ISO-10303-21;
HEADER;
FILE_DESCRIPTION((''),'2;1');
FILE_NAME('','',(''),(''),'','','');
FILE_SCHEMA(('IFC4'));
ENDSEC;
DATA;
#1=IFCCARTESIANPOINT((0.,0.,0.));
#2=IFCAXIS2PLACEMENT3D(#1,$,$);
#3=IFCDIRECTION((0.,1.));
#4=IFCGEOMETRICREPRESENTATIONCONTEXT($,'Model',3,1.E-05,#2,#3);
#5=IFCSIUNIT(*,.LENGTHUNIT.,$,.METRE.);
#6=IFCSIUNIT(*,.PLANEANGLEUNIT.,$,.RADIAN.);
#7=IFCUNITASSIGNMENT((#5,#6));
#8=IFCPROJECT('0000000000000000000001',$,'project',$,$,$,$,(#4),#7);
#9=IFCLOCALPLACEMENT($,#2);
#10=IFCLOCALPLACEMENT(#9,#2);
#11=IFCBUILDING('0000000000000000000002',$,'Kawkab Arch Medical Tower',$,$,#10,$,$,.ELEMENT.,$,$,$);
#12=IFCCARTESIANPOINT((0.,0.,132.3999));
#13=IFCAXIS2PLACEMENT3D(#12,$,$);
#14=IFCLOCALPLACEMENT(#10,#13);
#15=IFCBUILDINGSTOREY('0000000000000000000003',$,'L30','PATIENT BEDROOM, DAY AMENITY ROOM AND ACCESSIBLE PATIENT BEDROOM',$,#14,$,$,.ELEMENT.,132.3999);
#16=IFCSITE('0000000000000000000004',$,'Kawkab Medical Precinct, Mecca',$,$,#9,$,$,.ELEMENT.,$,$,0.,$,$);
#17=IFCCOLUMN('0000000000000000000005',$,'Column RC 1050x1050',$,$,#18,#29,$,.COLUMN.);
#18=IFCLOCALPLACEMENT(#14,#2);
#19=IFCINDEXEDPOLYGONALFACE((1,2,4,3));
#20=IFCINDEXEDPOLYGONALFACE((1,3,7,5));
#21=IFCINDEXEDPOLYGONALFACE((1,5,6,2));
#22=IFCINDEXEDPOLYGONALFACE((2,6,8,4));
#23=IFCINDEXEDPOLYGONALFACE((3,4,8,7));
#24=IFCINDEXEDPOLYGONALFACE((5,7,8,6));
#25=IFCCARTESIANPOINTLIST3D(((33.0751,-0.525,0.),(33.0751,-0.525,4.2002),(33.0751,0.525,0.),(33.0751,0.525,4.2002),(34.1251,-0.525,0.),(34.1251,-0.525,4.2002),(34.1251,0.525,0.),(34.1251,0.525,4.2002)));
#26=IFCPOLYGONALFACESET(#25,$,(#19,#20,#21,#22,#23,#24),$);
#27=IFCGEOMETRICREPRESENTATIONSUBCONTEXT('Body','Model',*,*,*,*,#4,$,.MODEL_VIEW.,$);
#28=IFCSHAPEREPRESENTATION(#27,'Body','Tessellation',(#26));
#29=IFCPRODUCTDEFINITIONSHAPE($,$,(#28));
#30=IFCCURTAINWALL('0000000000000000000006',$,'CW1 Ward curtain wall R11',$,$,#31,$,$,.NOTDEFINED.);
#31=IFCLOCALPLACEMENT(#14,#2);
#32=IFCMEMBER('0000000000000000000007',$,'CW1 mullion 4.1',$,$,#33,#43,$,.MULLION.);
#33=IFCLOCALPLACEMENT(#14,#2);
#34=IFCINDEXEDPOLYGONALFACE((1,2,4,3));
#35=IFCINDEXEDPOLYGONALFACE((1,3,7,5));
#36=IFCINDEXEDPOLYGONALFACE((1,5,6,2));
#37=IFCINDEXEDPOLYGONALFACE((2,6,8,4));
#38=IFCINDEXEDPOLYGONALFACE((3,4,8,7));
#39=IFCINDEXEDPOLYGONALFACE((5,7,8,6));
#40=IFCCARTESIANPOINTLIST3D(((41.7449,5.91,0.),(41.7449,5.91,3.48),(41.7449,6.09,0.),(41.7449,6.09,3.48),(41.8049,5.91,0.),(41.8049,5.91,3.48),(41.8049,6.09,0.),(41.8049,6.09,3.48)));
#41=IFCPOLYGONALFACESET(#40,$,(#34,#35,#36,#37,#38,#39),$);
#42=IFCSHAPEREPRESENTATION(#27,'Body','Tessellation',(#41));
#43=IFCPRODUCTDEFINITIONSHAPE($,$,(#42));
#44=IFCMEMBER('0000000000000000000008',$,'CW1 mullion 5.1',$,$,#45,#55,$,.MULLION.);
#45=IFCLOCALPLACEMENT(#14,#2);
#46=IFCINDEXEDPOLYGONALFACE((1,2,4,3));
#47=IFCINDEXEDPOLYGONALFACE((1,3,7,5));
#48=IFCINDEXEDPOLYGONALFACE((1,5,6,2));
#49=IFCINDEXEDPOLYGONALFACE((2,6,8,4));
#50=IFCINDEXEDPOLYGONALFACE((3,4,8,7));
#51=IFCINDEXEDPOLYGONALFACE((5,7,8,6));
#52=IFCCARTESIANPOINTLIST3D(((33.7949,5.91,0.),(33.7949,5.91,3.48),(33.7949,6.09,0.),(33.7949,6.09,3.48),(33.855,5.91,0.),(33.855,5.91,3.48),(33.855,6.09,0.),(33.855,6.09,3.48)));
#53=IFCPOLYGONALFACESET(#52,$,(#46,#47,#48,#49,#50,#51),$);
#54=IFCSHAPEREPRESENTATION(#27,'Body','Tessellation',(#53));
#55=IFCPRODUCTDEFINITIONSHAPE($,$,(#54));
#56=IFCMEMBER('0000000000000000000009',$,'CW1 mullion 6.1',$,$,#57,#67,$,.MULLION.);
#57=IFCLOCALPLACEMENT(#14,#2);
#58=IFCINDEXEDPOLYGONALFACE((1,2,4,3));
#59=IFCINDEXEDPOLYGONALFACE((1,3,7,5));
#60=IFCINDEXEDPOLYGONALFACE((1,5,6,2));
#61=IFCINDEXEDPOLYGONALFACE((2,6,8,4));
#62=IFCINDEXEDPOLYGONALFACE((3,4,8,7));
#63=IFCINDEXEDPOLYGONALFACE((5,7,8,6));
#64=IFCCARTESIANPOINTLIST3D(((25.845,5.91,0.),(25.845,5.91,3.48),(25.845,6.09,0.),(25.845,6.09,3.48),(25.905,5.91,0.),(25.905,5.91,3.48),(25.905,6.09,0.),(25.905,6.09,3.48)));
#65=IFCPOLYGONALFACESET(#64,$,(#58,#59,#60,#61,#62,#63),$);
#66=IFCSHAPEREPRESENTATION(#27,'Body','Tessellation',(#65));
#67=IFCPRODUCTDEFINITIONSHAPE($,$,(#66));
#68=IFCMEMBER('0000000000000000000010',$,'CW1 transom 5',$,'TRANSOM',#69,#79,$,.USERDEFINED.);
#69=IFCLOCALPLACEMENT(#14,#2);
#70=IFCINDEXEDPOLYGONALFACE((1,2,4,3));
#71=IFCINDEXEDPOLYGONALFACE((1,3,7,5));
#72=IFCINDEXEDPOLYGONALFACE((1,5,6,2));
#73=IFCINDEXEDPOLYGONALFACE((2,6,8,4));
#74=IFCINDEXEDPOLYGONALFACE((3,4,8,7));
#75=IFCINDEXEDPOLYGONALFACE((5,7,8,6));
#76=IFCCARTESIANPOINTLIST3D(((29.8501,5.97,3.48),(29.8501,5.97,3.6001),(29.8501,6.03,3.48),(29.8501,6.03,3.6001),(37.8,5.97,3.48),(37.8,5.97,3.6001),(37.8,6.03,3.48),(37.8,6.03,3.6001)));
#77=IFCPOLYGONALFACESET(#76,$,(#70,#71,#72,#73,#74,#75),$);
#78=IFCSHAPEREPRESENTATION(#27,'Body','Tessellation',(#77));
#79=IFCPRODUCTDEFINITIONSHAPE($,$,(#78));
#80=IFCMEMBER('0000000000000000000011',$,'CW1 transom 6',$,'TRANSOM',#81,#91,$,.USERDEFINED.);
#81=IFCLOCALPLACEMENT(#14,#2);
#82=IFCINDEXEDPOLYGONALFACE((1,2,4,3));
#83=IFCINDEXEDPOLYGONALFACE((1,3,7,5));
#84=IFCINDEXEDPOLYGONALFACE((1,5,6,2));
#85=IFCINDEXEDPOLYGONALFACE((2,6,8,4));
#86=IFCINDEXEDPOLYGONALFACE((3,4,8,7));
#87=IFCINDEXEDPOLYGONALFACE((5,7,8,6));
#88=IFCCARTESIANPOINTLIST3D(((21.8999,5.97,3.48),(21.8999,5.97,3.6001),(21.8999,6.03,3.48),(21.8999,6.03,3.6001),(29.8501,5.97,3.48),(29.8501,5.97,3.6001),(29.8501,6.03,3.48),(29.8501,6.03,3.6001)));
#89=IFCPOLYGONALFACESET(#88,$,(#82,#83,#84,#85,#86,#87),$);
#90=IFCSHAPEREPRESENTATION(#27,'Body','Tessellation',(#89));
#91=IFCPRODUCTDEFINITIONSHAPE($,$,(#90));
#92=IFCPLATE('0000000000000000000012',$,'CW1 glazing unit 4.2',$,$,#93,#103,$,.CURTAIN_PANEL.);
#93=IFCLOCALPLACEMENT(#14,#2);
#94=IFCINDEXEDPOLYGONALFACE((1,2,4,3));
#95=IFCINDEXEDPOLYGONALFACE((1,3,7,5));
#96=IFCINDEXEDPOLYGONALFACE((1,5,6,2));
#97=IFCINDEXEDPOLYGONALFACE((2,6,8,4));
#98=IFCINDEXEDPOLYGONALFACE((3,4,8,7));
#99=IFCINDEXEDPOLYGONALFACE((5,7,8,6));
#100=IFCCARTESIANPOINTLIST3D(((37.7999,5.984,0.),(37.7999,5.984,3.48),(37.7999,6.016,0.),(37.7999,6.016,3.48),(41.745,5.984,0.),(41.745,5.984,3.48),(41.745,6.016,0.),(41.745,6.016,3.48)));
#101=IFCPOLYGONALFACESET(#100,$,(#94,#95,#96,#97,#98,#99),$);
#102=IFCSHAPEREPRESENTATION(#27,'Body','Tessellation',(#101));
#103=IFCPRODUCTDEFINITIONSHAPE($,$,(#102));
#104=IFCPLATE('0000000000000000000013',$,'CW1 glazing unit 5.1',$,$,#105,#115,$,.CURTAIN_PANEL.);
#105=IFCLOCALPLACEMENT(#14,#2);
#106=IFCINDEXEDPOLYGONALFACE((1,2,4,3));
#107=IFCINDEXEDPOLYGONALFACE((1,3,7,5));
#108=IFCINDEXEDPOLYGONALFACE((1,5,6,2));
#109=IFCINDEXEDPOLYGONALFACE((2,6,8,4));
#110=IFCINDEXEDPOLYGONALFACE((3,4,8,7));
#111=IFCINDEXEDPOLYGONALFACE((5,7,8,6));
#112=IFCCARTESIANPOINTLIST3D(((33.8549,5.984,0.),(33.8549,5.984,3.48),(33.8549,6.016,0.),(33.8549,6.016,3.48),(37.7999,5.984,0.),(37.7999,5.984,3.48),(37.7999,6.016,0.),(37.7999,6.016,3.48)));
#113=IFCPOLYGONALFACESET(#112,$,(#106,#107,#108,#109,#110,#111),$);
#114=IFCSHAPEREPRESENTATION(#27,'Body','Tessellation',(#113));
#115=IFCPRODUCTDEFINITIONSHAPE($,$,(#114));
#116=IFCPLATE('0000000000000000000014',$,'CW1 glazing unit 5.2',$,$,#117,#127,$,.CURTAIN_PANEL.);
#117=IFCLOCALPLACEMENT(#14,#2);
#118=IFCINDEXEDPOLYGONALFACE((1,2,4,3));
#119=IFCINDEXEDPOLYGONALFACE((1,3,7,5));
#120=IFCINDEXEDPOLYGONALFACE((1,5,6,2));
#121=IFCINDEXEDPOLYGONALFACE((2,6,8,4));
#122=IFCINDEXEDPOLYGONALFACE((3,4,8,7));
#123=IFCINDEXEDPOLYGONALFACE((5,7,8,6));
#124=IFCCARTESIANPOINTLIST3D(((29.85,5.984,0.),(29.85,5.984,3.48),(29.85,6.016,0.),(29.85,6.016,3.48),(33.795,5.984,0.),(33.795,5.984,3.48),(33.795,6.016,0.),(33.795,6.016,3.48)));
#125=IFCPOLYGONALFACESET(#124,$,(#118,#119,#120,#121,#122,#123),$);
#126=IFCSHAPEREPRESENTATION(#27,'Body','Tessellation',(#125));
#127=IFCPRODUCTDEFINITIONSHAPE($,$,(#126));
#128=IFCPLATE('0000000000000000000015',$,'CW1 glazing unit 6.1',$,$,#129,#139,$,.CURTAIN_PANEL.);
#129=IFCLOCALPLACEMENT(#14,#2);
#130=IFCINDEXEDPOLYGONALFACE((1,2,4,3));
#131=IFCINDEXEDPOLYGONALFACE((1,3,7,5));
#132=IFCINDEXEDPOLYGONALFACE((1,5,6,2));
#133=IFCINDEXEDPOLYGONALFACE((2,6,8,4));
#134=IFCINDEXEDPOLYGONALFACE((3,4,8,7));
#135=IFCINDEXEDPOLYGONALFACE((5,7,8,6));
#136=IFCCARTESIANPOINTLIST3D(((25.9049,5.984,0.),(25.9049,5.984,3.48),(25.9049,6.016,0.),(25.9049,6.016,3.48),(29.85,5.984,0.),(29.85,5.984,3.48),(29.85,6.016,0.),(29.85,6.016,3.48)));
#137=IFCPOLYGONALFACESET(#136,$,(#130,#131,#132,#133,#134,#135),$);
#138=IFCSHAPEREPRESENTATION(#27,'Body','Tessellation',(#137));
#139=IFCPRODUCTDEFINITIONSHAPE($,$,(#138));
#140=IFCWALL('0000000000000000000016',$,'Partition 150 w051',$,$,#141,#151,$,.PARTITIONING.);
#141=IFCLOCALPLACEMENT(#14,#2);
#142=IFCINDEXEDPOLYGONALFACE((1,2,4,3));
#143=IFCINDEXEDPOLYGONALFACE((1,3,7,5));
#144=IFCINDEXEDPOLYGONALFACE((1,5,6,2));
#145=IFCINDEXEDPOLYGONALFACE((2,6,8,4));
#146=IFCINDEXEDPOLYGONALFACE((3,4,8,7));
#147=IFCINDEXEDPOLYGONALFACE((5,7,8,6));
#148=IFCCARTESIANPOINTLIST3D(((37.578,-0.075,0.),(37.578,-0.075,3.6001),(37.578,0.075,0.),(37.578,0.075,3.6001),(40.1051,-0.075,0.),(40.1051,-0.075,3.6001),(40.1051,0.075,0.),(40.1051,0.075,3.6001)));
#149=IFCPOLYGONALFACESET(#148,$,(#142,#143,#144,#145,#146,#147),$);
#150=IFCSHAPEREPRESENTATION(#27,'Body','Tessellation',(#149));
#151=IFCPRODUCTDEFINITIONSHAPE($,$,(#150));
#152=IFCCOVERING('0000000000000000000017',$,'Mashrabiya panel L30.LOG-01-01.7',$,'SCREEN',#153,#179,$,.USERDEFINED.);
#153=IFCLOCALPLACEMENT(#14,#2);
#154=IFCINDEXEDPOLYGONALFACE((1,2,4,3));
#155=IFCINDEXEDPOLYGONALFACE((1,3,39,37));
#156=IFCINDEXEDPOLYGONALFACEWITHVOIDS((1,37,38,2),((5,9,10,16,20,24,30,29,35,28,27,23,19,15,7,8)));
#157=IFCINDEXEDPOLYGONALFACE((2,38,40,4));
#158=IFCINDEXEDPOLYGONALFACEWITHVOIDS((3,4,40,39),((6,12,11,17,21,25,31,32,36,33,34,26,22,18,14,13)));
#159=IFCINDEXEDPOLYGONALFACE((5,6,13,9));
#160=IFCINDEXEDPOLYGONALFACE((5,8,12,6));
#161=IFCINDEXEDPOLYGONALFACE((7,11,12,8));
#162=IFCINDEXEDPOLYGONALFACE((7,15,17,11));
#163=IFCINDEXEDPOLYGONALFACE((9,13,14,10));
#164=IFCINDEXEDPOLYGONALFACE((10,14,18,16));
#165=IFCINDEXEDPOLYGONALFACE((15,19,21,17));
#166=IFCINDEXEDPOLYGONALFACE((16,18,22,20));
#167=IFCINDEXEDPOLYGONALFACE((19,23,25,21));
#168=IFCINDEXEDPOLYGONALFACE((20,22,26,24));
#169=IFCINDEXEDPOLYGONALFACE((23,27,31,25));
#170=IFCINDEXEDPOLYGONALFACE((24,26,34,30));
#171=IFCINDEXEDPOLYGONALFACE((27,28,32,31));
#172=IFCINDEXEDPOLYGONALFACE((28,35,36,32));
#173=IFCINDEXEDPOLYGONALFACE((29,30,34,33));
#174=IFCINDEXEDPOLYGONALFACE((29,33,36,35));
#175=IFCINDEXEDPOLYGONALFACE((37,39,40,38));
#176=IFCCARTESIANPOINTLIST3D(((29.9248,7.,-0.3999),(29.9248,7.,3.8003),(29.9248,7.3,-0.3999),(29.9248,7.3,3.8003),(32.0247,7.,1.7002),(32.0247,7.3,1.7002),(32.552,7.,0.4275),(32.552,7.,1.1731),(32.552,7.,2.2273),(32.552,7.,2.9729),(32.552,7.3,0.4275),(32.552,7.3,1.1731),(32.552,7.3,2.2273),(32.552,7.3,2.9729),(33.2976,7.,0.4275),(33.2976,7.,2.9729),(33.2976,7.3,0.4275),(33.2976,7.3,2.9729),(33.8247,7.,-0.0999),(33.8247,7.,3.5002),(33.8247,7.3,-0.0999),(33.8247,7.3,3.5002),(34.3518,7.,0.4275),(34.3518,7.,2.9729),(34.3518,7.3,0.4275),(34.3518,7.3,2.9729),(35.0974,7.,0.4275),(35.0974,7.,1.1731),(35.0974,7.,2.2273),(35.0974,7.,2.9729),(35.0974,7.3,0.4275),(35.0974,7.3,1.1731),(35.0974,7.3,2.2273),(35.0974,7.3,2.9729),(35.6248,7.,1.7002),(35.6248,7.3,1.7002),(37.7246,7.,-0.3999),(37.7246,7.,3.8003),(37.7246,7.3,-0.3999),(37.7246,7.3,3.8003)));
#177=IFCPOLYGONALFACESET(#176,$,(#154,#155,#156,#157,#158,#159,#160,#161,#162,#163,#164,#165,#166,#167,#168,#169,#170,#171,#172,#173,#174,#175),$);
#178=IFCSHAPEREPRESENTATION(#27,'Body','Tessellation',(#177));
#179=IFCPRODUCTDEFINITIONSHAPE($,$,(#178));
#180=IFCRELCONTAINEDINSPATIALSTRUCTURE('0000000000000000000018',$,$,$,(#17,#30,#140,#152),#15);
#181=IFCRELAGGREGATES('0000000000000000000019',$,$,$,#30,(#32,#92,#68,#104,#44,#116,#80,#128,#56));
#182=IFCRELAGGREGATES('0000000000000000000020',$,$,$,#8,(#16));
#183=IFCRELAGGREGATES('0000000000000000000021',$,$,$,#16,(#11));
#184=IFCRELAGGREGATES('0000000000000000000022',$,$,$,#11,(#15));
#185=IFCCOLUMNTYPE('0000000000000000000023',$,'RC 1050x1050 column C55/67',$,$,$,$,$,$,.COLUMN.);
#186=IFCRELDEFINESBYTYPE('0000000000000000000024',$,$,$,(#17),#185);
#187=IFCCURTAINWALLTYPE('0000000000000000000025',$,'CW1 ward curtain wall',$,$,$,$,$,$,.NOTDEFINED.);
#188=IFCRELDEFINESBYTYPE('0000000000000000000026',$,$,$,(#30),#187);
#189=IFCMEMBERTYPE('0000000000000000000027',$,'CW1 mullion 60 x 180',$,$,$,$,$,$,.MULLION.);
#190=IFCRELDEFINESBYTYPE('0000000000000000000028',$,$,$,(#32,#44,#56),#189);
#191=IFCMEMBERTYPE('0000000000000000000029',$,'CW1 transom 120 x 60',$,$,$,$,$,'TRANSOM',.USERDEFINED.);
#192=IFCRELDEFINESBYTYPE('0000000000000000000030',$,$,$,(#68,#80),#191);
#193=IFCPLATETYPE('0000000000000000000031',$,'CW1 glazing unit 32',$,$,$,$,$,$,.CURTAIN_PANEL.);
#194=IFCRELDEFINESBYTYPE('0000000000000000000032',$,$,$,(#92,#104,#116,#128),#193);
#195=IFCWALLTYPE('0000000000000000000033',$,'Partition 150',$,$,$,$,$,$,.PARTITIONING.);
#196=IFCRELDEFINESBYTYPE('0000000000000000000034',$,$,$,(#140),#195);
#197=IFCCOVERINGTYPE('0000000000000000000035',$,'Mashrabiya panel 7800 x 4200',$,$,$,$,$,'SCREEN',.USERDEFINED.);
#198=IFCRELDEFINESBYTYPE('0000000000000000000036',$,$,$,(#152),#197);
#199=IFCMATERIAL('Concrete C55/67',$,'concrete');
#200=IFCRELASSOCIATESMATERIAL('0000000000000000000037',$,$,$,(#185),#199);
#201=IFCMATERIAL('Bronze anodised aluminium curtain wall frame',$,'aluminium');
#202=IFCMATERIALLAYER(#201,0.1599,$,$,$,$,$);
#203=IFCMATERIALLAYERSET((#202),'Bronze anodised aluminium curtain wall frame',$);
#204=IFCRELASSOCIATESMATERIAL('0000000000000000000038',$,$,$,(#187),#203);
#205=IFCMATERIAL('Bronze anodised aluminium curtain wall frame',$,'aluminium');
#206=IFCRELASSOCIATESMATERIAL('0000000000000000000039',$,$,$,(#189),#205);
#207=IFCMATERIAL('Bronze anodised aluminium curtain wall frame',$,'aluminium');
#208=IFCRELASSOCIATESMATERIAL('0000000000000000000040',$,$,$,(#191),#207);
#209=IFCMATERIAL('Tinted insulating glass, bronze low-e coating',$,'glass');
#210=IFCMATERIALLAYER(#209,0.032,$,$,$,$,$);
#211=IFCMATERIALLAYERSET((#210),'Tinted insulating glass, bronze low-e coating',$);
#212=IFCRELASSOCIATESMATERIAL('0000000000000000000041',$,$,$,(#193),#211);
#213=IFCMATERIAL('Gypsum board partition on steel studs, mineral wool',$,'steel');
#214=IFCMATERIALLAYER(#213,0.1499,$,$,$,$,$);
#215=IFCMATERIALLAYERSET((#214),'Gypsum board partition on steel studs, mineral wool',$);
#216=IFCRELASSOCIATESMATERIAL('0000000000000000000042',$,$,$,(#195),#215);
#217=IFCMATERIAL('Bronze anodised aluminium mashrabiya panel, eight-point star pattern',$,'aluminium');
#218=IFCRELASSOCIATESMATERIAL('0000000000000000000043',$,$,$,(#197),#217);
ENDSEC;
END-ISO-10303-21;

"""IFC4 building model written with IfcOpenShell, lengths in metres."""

from ifc_helpers import new_model, si_unit, direction, frame, frame_2d, origin, origin_2d, place, context, subcontext, project, spatial, polyline, rectangle, outline, extrude, material, layer, layer_set, material_profile, profile_set, type_object, element, aggregate, save


model = new_model("IFC4")

# Units and contexts
model_context = context("Model", 3, precision=1e-05, world=origin(), true_north=direction((0.0, 1.0)))
body_context = subcontext(model_context, "Body", "Model", "MODEL_VIEW")
ifc_project = project(units=[si_unit("LENGTHUNIT", "METRE"), si_unit("PLANEANGLEUNIT", "RADIAN")], contexts=[model_context])

# Site, building, storey
site_placement = place(None, origin())
site = spatial("IfcSite", under=ifc_project, at=site_placement, Name="Kawkab Medical Precinct, Mecca", CompositionType="ELEMENT", RefElevation=0.0)
building_placement = place(site_placement, origin())
building = spatial("IfcBuilding", under=site, at=building_placement, Name="Kawkab Arch Medical Tower", CompositionType="ELEMENT")
storey_placement = place(building_placement, frame((0.0, 0.0, 132.3999)))
storey = spatial("IfcBuildingStorey", under=building, at=storey_placement, Name="L30", Description="PATIENT BEDROOM, DAY AMENITY ROOM AND ACCESSIBLE PATIENT BEDROOM", CompositionType="ELEMENT", Elevation=132.3999)

# Column
ifc_material_1 = material(Name="Concrete C55/67", Category="concrete")
ifc_material_profile_1 = material_profile(ifc_material_1, rectangle(XDim=1.05, YDim=1.05, at=origin_2d()), Name="RC 1050x1050")
ifc_profile_set_1 = profile_set([ifc_material_profile_1], Name="Concrete C55/67")
column_type = type_object("IfcColumnType", Name="RC 1050x1050 column C55/67", PredefinedType="COLUMN", material=ifc_profile_set_1)
column_placement = place(storey_placement, frame((33.6001, 0.0, 0.0), z_axis=(0.0, 0.0, 1.0), x_axis=(1.0, 0.0, 0.0)))
element("IfcColumn", 1, at=column_placement, inside=storey, type_object=column_type, Name="Column RC 1050x1050", PredefinedType="COLUMN", context=body_context, shape_type="SweptSolid", body=[
    extrude(rectangle(XDim=1.05, YDim=1.05, at=origin_2d()), origin(), (0.0, 0.0, 1.0), 4.2002),
])

# Curtain wall, members, plates
ifc_material_2 = material(Name="Bronze anodised aluminium curtain wall frame", Category="aluminium")
ifc_layer_1 = layer(ifc_material_2, 0.1599)
ifc_layer_set_1 = layer_set([ifc_layer_1], Name="Bronze anodised aluminium curtain wall frame")
curtain_wall_type = type_object("IfcCurtainWallType", Name="CW1 ward curtain wall", PredefinedType="NOTDEFINED", material=ifc_layer_set_1)
curtain_wall_placement = place(storey_placement, origin())
curtain_wall = element("IfcCurtainWall", 2, at=curtain_wall_placement, inside=storey, type_object=curtain_wall_type, Name="CW1 Ward curtain wall R11", PredefinedType="NOTDEFINED")
ifc_material_3 = material(Name="Bronze anodised aluminium curtain wall frame", Category="aluminium")
ifc_material_profile_2 = material_profile(ifc_material_3, rectangle(XDim=0.1799, YDim=0.0601, at=origin_2d()), Name="AL 60x180")
ifc_profile_set_2 = profile_set([ifc_material_profile_2], Name="Bronze anodised aluminium curtain wall frame")
member_type_1 = type_object("IfcMemberType", Name="CW1 mullion 60 x 180", PredefinedType="MULLION", material=ifc_profile_set_2)
member_1_placement = place(storey_placement, frame((41.7749, 6.0, 0.0), z_axis=(0.0, 0.0, 1.0), x_axis=(0.0, -1.0, 0.0)))
member_1 = element("IfcMember", 3, at=member_1_placement, type_object=member_type_1, Name="CW1 mullion 4.1", PredefinedType="MULLION", context=body_context, shape_type="SweptSolid", body=[
    extrude(rectangle(XDim=0.1799, YDim=0.0601, at=origin_2d()), origin(), (0.0, 0.0, 1.0), 3.48),
])
member_2_placement = place(storey_placement, frame((33.825, 6.0, 0.0), z_axis=(0.0, 0.0, 1.0), x_axis=(0.0, -1.0, 0.0)))
member_2 = element("IfcMember", 4, at=member_2_placement, type_object=member_type_1, Name="CW1 mullion 5.1", PredefinedType="MULLION", context=body_context, shape_type="SweptSolid", body=[
    extrude(rectangle(XDim=0.1799, YDim=0.0601, at=origin_2d()), origin(), (0.0, 0.0, 1.0), 3.48),
])
member_3_placement = place(storey_placement, frame((25.875, 6.0, 0.0), z_axis=(0.0, 0.0, 1.0), x_axis=(0.0, -1.0, 0.0)))
member_3 = element("IfcMember", 5, at=member_3_placement, type_object=member_type_1, Name="CW1 mullion 6.1", PredefinedType="MULLION", context=body_context, shape_type="SweptSolid", body=[
    extrude(rectangle(XDim=0.1799, YDim=0.0601, at=origin_2d()), origin(), (0.0, 0.0, 1.0), 3.48),
])
ifc_material_4 = material(Name="Bronze anodised aluminium curtain wall frame", Category="aluminium")
ifc_material_profile_3 = material_profile(ifc_material_4, rectangle(XDim=0.0601, YDim=0.1201, at=origin_2d()), Name="AL 60x120")
ifc_profile_set_3 = profile_set([ifc_material_profile_3], Name="Bronze anodised aluminium curtain wall frame")
member_type_2 = type_object("IfcMemberType", Name="CW1 transom 120 x 60", ElementType="TRANSOM", PredefinedType="USERDEFINED", material=ifc_profile_set_3)
member_4_placement = place(storey_placement, frame((37.8, 6.0, 3.54), z_axis=(-1.0, 0.0, 0.0), x_axis=(0.0, -1.0, 0.0)))
member_4 = element("IfcMember", 6, at=member_4_placement, type_object=member_type_2, Name="CW1 transom 5", ObjectType="TRANSOM", PredefinedType="USERDEFINED", context=body_context, shape_type="SweptSolid", body=[
    extrude(rectangle(XDim=0.0601, YDim=0.1201, at=origin_2d()), origin(), (0.0, 0.0, 1.0), 7.95),
])
member_5_placement = place(storey_placement, frame((29.8501, 6.0, 3.54), z_axis=(-1.0, 0.0, 0.0), x_axis=(0.0, -1.0, 0.0)))
member_5 = element("IfcMember", 7, at=member_5_placement, type_object=member_type_2, Name="CW1 transom 6", ObjectType="TRANSOM", PredefinedType="USERDEFINED", context=body_context, shape_type="SweptSolid", body=[
    extrude(rectangle(XDim=0.0601, YDim=0.1201, at=origin_2d()), origin(), (0.0, 0.0, 1.0), 7.9502),
])
ifc_material_5 = material(Name="Tinted insulating glass, bronze low-e coating", Category="glass")
ifc_layer_2 = layer(ifc_material_5, 0.032)
ifc_layer_set_2 = layer_set([ifc_layer_2], Name="Tinted insulating glass, bronze low-e coating")
plate_type = type_object("IfcPlateType", Name="CW1 glazing unit 32", PredefinedType="CURTAIN_PANEL", material=ifc_layer_set_2)
plate_1_placement = place(storey_placement, frame((39.7725, 6.0, 0.0), z_axis=(0.0, 0.0, 1.0), x_axis=(-1.0, 0.0, 0.0)))
plate_1 = element("IfcPlate", 8, at=plate_1_placement, type_object=plate_type, Name="CW1 glazing unit 4.2", PredefinedType="CURTAIN_PANEL", context=body_context, shape_type="SweptSolid", body=[
    extrude(rectangle(XDim=3.9451, YDim=0.032, at=origin_2d()), origin(), (0.0, 0.0, 1.0), 3.48),
])
plate_2_placement = place(storey_placement, frame((35.8274, 6.0, 0.0), z_axis=(0.0, 0.0, 1.0), x_axis=(-1.0, 0.0, 0.0)))
plate_2 = element("IfcPlate", 9, at=plate_2_placement, type_object=plate_type, Name="CW1 glazing unit 5.1", PredefinedType="CURTAIN_PANEL", context=body_context, shape_type="SweptSolid", body=[
    extrude(rectangle(XDim=3.9451, YDim=0.032, at=origin_2d()), origin(), (0.0, 0.0, 1.0), 3.48),
])
plate_3_placement = place(storey_placement, frame((31.8225, 6.0, 0.0), z_axis=(0.0, 0.0, 1.0), x_axis=(-1.0, 0.0, 0.0)))
plate_3 = element("IfcPlate", 10, at=plate_3_placement, type_object=plate_type, Name="CW1 glazing unit 5.2", PredefinedType="CURTAIN_PANEL", context=body_context, shape_type="SweptSolid", body=[
    extrude(rectangle(XDim=3.9451, YDim=0.032, at=origin_2d()), origin(), (0.0, 0.0, 1.0), 3.48),
])
plate_4_placement = place(storey_placement, frame((27.8774, 6.0, 0.0), z_axis=(0.0, 0.0, 1.0), x_axis=(-1.0, 0.0, 0.0)))
plate_4 = element("IfcPlate", 11, at=plate_4_placement, type_object=plate_type, Name="CW1 glazing unit 6.1", PredefinedType="CURTAIN_PANEL", context=body_context, shape_type="SweptSolid", body=[
    extrude(rectangle(XDim=3.9451, YDim=0.032, at=origin_2d()), origin(), (0.0, 0.0, 1.0), 3.48),
])
aggregate(curtain_wall, [member_1, plate_1, member_4, plate_2, member_2, plate_3, member_5, plate_4, member_3])

# Wall
ifc_material_6 = material(Name="Gypsum board partition on steel studs, mineral wool", Category="steel")
ifc_layer_3 = layer(ifc_material_6, 0.1499)
ifc_layer_set_3 = layer_set([ifc_layer_3], Name="Gypsum board partition on steel studs, mineral wool")
wall_type = type_object("IfcWallType", Name="Partition 150", PredefinedType="PARTITIONING", material=ifc_layer_set_3)
wall_placement = place(storey_placement, frame((37.5779, 0.0, 0.0), z_axis=(0.0, 0.0, 1.0), x_axis=(1.0, 0.0, 0.0)))
element("IfcWall", 12, at=wall_placement, inside=storey, type_object=wall_type, Name="Partition 150 w051", PredefinedType="PARTITIONING", context=body_context, shape_type="SweptSolid", body=[
    extrude(rectangle(XDim=2.5271, YDim=0.1499, at=frame_2d((1.2637, 0.0))), origin(), (0.0, 0.0, 1.0), 3.6001),
])

# Covering
ifc_material_7 = material(Name="Bronze anodised aluminium mashrabiya panel, eight-point star pattern", Category="aluminium")
ifc_material_profile_4 = material_profile(ifc_material_7, outline(polyline([(-3.8999, -2.1001), (3.8999, -2.1001), (3.8999, 2.1001), (-3.8999, 2.1001), (-3.8999, -2.1001)]), holes=[polyline([(1.8, 0.0), (1.2727, 0.5271), (1.2727, 1.2727), (0.5271, 1.2727), (0.0, 1.8), (-0.5271, 1.2727), (-1.2727, 1.2727), (-1.2727, 0.5271), (-1.8, 0.0), (-1.2727, -0.5271), (-1.2727, -1.2727), (-0.5271, -1.2727), (0.0, -1.8), (0.5271, -1.2727), (1.2727, -1.2727), (1.2727, -0.5271), (1.8, 0.0)])]), Name="Mashrabiya panel 7800x4200")
ifc_profile_set_4 = profile_set([ifc_material_profile_4], Name="Bronze anodised aluminium mashrabiya panel, eight-point star pattern")
covering_type_1 = type_object("IfcCoveringType", Name="Mashrabiya panel 7800 x 4200", ElementType="SCREEN", PredefinedType="USERDEFINED", material=ifc_profile_set_4)
covering_placement = place(storey_placement, frame((33.8247, 7.0, 1.7002), z_axis=(0.0, 1.0, 0.0), x_axis=(-1.0, 0.0, 0.0)))
element("IfcCovering", 13, at=covering_placement, inside=storey, type_object=covering_type_1, Name="Mashrabiya panel L30.LOG-01-01.7", ObjectType="SCREEN", PredefinedType="USERDEFINED", context=body_context, shape_type="SweptSolid", body=[
    extrude(outline(polyline([(-3.8999, -2.1001), (3.8999, -2.1001), (3.8999, 2.1001), (-3.8999, 2.1001), (-3.8999, -2.1001)]), holes=[polyline([(1.8, 0.0), (1.2727, 0.5271), (1.2727, 1.2727), (0.5271, 1.2727), (0.0, 1.8), (-0.5271, 1.2727), (-1.2727, 1.2727), (-1.2727, 0.5271), (-1.8, 0.0), (-1.2727, -0.5271), (-1.2727, -1.2727), (-0.5271, -1.2727), (0.0, -1.8), (0.5271, -1.2727), (1.2727, -1.2727), (1.2727, -0.5271), (1.8, 0.0)])]), origin(), (0.0, 0.0, 1.0), 0.3),
])

save(model, "model.ifc")
